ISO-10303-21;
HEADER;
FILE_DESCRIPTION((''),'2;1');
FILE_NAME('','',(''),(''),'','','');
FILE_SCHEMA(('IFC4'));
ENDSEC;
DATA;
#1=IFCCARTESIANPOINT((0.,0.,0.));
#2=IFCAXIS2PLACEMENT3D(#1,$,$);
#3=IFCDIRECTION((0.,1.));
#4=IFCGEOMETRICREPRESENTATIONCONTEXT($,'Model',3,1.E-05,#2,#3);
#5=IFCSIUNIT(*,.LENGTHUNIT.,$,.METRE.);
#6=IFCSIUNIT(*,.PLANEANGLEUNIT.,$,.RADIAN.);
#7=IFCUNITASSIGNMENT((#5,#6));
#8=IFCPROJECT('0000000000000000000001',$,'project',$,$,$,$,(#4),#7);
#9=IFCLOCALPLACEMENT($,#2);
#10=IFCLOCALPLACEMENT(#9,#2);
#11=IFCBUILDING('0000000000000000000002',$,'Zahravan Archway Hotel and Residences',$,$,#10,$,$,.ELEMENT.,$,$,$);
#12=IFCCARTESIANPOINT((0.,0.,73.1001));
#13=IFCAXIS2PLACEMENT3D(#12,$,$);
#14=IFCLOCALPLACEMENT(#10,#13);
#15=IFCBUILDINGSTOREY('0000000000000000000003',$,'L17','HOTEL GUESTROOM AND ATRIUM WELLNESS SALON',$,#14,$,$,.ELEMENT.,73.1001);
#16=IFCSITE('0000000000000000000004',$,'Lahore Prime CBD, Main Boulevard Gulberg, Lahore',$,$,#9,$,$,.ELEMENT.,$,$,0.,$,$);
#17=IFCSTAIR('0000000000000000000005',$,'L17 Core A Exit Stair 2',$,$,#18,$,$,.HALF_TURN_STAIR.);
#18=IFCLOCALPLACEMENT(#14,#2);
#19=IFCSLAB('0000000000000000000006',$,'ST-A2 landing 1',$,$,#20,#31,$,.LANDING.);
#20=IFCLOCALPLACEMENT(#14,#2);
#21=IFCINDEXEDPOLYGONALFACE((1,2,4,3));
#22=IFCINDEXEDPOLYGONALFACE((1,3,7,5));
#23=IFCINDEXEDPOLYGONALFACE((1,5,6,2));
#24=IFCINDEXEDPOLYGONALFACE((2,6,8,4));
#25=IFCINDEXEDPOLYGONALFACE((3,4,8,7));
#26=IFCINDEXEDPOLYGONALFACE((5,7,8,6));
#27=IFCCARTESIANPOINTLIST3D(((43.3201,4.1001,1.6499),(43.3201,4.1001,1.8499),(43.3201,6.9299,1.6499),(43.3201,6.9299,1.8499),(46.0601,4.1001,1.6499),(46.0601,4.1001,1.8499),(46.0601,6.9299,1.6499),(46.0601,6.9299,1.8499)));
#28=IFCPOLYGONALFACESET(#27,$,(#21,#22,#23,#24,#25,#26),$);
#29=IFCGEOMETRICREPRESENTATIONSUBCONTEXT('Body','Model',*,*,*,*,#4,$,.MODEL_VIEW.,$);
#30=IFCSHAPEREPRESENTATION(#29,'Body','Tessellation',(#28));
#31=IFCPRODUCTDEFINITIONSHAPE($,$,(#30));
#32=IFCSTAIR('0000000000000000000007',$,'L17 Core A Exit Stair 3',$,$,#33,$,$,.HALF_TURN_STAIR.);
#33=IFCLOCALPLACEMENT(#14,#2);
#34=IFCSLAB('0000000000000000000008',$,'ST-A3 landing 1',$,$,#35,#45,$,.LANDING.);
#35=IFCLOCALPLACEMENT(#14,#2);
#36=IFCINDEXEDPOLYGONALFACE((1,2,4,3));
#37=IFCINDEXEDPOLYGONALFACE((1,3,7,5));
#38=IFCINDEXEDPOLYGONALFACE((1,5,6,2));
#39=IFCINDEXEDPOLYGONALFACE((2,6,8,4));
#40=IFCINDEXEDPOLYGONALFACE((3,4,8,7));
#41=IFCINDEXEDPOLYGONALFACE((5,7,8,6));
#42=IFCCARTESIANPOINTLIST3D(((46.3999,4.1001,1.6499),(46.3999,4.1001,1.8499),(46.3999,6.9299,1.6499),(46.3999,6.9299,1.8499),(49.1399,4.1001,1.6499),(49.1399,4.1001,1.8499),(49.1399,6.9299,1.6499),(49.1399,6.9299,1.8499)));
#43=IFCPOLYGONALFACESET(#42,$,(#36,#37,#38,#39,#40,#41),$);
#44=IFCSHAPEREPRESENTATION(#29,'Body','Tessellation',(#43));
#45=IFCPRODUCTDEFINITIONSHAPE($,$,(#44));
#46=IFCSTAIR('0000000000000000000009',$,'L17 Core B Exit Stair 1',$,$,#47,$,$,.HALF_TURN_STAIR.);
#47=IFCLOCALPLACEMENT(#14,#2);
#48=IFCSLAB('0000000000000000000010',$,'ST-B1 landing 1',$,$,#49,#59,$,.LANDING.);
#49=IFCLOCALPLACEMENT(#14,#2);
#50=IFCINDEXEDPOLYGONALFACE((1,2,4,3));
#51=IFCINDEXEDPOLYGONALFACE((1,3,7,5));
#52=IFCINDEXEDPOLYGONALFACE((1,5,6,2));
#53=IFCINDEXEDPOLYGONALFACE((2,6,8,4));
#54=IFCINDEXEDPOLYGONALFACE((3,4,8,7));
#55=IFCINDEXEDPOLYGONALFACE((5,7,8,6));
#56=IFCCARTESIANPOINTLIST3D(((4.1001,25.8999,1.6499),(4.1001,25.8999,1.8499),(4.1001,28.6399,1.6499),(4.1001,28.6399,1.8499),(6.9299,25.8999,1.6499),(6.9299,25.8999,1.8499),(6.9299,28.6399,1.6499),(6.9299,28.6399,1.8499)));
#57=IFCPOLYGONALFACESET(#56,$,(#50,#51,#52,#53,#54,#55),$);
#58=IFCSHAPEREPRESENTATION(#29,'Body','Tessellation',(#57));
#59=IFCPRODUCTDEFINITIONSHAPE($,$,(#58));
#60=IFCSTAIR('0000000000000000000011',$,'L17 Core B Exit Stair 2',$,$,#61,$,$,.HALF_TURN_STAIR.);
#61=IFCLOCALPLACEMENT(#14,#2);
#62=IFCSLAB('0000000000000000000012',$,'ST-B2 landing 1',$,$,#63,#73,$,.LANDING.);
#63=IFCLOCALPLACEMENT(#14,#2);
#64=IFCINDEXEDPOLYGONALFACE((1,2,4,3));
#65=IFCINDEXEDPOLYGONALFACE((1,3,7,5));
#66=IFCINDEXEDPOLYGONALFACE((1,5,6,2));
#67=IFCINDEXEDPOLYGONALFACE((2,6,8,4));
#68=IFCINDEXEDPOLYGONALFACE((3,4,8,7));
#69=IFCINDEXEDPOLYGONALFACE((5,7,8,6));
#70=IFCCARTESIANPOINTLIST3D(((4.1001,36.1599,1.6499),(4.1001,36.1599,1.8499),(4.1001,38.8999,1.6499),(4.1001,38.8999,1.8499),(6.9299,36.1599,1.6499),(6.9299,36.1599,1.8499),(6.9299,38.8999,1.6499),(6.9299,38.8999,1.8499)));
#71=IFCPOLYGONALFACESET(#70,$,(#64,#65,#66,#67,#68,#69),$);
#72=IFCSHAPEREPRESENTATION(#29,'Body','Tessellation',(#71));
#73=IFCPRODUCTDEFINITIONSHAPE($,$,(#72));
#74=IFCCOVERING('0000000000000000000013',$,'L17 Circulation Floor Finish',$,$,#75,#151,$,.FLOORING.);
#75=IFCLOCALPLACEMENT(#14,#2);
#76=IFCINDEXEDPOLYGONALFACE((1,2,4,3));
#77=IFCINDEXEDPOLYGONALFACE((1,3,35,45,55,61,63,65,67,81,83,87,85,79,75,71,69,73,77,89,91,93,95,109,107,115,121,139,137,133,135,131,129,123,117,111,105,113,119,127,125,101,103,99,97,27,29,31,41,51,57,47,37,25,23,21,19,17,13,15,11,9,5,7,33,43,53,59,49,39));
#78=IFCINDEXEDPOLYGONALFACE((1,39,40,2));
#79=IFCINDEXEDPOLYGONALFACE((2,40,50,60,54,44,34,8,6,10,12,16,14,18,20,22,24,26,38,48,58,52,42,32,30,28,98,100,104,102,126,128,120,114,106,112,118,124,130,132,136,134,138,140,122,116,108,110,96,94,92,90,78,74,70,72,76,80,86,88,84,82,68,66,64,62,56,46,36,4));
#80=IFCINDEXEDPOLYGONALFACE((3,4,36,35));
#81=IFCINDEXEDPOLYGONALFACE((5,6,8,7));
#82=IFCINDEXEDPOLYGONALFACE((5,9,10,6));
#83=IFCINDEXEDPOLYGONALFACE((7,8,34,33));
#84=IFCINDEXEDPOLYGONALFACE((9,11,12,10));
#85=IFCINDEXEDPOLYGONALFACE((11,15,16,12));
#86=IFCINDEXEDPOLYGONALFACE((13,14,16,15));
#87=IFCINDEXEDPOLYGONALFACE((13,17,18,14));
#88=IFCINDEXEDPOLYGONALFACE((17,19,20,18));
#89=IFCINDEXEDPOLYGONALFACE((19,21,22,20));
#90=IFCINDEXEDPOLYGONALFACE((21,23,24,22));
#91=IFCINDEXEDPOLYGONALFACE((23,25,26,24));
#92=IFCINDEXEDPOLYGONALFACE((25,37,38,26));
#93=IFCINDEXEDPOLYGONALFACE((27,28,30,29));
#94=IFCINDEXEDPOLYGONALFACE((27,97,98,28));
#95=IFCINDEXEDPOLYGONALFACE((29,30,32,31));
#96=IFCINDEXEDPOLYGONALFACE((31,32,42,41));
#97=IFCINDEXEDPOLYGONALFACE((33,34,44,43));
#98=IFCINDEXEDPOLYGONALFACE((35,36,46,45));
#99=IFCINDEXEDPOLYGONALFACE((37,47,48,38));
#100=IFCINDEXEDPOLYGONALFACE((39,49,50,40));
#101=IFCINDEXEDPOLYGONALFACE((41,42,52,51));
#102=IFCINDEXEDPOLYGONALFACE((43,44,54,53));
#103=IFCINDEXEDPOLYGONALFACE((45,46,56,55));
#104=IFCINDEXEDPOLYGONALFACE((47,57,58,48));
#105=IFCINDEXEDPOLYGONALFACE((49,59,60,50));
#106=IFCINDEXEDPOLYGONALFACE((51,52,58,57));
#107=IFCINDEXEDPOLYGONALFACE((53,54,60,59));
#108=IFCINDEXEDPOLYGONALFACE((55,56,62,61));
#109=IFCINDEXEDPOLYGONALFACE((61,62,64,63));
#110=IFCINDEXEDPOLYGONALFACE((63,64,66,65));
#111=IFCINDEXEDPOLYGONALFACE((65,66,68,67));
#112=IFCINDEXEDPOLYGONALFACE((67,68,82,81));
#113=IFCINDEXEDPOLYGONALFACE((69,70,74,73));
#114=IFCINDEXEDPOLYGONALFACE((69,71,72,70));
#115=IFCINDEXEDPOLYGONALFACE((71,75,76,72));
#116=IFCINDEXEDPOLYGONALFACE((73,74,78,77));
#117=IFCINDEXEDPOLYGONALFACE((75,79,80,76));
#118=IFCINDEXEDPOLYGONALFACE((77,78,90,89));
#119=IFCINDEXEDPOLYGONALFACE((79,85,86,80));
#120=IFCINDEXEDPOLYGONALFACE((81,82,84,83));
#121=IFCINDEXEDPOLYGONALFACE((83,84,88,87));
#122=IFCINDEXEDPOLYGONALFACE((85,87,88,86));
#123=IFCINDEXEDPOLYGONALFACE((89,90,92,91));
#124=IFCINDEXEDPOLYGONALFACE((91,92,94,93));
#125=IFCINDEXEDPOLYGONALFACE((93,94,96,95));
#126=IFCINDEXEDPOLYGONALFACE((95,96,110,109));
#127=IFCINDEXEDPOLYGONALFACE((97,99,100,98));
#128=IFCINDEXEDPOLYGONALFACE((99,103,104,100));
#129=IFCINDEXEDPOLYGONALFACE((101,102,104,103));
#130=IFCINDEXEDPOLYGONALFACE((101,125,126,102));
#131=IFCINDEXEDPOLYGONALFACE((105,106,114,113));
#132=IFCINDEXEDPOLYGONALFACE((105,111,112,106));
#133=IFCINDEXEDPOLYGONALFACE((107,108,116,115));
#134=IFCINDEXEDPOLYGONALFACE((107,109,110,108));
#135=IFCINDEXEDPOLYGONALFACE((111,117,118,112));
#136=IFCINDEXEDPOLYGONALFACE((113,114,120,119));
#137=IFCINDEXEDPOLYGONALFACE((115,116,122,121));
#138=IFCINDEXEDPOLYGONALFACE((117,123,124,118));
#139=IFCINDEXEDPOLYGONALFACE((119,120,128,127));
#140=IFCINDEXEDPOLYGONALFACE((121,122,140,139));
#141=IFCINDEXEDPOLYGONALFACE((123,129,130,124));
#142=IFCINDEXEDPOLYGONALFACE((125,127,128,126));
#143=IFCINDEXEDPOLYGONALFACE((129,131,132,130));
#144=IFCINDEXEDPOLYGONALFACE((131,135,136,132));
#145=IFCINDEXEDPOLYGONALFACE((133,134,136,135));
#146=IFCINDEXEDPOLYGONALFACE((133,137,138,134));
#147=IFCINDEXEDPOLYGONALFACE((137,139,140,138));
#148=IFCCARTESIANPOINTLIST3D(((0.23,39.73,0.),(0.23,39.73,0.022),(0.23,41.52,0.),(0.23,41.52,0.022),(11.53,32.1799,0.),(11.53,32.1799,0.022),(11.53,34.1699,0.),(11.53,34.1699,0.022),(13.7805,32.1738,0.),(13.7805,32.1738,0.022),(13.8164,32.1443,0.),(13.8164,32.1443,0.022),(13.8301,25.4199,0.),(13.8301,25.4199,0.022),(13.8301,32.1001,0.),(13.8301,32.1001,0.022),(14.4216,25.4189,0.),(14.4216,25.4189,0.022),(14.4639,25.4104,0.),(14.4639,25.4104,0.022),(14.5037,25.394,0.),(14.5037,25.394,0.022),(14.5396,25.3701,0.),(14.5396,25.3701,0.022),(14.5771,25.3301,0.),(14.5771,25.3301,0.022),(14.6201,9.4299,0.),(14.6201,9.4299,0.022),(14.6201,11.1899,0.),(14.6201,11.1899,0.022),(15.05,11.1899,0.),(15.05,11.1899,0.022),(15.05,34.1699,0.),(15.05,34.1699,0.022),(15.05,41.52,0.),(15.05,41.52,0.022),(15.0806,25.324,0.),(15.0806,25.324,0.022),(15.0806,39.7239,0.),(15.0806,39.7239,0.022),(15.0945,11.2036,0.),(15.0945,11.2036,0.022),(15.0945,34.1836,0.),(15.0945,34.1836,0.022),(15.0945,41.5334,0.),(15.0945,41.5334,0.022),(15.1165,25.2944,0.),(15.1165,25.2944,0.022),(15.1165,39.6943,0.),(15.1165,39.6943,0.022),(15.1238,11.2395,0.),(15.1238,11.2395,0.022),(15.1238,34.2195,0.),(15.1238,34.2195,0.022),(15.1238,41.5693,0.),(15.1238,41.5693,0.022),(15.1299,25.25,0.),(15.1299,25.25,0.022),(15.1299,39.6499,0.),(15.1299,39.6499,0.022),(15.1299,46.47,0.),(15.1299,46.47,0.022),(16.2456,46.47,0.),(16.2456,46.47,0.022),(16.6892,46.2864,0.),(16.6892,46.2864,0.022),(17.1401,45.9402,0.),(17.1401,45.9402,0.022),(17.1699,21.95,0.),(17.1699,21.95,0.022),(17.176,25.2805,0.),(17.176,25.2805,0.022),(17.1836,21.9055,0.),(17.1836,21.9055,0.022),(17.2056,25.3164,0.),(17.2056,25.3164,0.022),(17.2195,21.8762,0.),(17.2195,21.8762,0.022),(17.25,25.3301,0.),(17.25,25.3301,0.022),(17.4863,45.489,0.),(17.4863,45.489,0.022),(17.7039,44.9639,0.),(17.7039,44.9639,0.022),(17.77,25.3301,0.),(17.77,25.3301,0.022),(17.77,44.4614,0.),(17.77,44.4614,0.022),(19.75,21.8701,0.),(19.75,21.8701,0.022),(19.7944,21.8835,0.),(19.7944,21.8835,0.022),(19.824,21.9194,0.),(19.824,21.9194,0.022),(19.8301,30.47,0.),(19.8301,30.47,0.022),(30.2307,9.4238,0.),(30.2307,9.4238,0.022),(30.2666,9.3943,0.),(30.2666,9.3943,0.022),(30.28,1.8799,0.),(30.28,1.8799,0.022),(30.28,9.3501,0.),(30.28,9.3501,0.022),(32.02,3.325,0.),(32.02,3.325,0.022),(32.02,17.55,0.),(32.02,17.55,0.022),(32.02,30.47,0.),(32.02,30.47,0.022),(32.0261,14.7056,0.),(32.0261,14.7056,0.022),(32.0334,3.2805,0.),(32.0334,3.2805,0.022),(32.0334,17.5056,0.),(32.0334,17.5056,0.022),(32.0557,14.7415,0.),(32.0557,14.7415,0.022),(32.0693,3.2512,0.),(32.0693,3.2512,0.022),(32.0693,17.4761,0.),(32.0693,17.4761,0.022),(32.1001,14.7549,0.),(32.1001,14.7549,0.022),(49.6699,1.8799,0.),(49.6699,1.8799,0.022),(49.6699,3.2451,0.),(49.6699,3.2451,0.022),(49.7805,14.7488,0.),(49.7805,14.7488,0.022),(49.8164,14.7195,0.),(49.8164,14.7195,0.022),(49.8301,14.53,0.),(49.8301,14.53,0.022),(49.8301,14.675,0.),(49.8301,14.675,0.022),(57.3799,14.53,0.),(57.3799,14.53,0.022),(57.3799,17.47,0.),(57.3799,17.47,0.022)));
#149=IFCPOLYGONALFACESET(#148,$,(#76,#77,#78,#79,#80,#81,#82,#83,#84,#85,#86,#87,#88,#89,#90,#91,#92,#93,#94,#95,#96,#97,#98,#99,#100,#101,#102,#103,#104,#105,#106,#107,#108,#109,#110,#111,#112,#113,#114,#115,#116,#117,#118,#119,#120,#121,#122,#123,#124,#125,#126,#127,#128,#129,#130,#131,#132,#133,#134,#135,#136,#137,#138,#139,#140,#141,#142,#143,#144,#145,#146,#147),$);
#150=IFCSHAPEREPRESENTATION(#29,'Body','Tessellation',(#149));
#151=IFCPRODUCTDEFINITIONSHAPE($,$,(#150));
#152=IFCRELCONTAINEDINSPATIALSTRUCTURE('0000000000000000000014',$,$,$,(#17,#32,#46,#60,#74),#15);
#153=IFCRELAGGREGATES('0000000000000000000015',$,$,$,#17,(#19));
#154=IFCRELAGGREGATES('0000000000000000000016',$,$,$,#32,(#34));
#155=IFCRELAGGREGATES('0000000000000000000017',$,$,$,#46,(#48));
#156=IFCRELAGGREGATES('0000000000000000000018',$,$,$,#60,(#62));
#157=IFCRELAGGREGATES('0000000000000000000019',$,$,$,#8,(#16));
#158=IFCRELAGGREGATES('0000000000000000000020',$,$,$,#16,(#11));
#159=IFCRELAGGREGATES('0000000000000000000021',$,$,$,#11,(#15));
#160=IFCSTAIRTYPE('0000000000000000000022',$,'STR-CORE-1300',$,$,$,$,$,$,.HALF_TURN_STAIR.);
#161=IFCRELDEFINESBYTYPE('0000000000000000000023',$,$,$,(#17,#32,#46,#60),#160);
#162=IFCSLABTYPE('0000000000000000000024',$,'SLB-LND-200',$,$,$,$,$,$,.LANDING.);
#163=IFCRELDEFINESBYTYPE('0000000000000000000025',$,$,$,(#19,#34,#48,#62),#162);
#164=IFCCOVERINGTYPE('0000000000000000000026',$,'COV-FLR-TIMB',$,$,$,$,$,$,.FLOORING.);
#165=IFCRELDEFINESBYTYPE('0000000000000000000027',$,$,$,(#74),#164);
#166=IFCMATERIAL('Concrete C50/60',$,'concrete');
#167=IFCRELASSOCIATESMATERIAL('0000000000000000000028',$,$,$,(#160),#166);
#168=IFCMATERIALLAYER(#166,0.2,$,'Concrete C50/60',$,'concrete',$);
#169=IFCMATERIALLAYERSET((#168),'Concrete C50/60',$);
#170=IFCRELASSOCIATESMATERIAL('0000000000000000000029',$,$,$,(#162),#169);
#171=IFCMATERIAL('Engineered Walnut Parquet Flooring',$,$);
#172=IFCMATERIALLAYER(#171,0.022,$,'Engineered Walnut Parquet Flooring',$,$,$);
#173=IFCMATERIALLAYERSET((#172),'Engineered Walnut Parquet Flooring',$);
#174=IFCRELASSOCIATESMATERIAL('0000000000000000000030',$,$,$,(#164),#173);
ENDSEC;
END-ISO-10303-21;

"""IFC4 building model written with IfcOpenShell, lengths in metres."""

from ifc_helpers import new_model, si_unit, direction, frame, origin, place, context, subcontext, project, spatial, polyline, outline, extrude, material, layer, layer_set, type_object, element, aggregate, save


model = new_model("IFC4")

# Units and contexts
model_context = context("Model", 3, precision=1e-05, world=origin(), true_north=direction((0.0, 1.0)))
body_context = subcontext(model_context, "Body", "Model", "MODEL_VIEW")
ifc_project = project(units=[si_unit("LENGTHUNIT", "METRE"), si_unit("PLANEANGLEUNIT", "RADIAN")], contexts=[model_context])

# Site, building, storey
site_placement = place(None, origin())
site = spatial("IfcSite", under=ifc_project, at=site_placement, Name="Lahore Prime CBD, Main Boulevard Gulberg, Lahore", CompositionType="ELEMENT", RefElevation=0.0)
building_placement = place(site_placement, origin())
building = spatial("IfcBuilding", under=site, at=building_placement, Name="Zahravan Archway Hotel and Residences", CompositionType="ELEMENT")
storey_placement = place(building_placement, frame((0.0, 0.0, 73.1001)))
storey = spatial("IfcBuildingStorey", under=building, at=storey_placement, Name="L17", Description="HOTEL GUESTROOM AND ATRIUM WELLNESS SALON", CompositionType="ELEMENT", Elevation=73.1001)

# Stairs, slabs
ifc_material_1 = material(Name="Concrete C50/60", Category="concrete")
stair_type = type_object("IfcStairType", Name="STR-CORE-1300", PredefinedType="HALF_TURN_STAIR", material=ifc_material_1)
ifc_layer_1 = layer(ifc_material_1, 0.2, Name="Concrete C50/60", Category="concrete")
ifc_layer_set_1 = layer_set([ifc_layer_1], Name="Concrete C50/60")
slab_type_1 = type_object("IfcSlabType", Name="SLB-LND-200", PredefinedType="LANDING", material=ifc_layer_set_1)
stair_1_placement = place(storey_placement, origin())
stair_1 = element("IfcStair", 1, at=stair_1_placement, inside=storey, type_object=stair_type, Name="L17 Core A Exit Stair 2", PredefinedType="HALF_TURN_STAIR")
slab_1_placement = place(storey_placement, frame((0.0, 0.0, 1.6499)))
slab_1 = element("IfcSlab", 2, at=slab_1_placement, type_object=slab_type_1, Name="ST-A2 landing 1", PredefinedType="LANDING", context=body_context, shape_type="SweptSolid", body=[
    extrude(outline(polyline([(43.3201, 6.9299), (43.3201, 4.1001), (46.0601, 4.1001), (46.0601, 6.9299), (43.3201, 6.9299)])), origin(), (0.0, 0.0, 1.0), 0.2),
])
aggregate(stair_1, [slab_1])
stair_2_placement = place(storey_placement, origin())
stair_2 = element("IfcStair", 3, at=stair_2_placement, inside=storey, type_object=stair_type, Name="L17 Core A Exit Stair 3", PredefinedType="HALF_TURN_STAIR")
slab_2_placement = place(storey_placement, frame((0.0, 0.0, 1.6499)))
slab_2 = element("IfcSlab", 4, at=slab_2_placement, type_object=slab_type_1, Name="ST-A3 landing 1", PredefinedType="LANDING", context=body_context, shape_type="SweptSolid", body=[
    extrude(outline(polyline([(46.3999, 6.9299), (46.3999, 4.1001), (49.1399, 4.1001), (49.1399, 6.9299), (46.3999, 6.9299)])), origin(), (0.0, 0.0, 1.0), 0.2),
])
aggregate(stair_2, [slab_2])
stair_3_placement = place(storey_placement, origin())
stair_3 = element("IfcStair", 5, at=stair_3_placement, inside=storey, type_object=stair_type, Name="L17 Core B Exit Stair 1", PredefinedType="HALF_TURN_STAIR")
slab_3_placement = place(storey_placement, frame((0.0, 0.0, 1.6499)))
slab_3 = element("IfcSlab", 6, at=slab_3_placement, type_object=slab_type_1, Name="ST-B1 landing 1", PredefinedType="LANDING", context=body_context, shape_type="SweptSolid", body=[
    extrude(outline(polyline([(6.9299, 28.6399), (4.1001, 28.6399), (4.1001, 25.8999), (6.9299, 25.8999), (6.9299, 28.6399)])), origin(), (0.0, 0.0, 1.0), 0.2),
])
aggregate(stair_3, [slab_3])
stair_4_placement = place(storey_placement, origin())
stair_4 = element("IfcStair", 7, at=stair_4_placement, inside=storey, type_object=stair_type, Name="L17 Core B Exit Stair 2", PredefinedType="HALF_TURN_STAIR")
slab_4_placement = place(storey_placement, frame((0.0, 0.0, 1.6499)))
slab_4 = element("IfcSlab", 8, at=slab_4_placement, type_object=slab_type_1, Name="ST-B2 landing 1", PredefinedType="LANDING", context=body_context, shape_type="SweptSolid", body=[
    extrude(outline(polyline([(6.9299, 38.8999), (4.1001, 38.8999), (4.1001, 36.1599), (6.9299, 36.1599), (6.9299, 38.8999)])), origin(), (0.0, 0.0, 1.0), 0.2),
])
aggregate(stair_4, [slab_4])

# Covering
ifc_material_2 = material(Name="Engineered Walnut Parquet Flooring")
ifc_layer_2 = layer(ifc_material_2, 0.022, Name="Engineered Walnut Parquet Flooring")
ifc_layer_set_2 = layer_set([ifc_layer_2], Name="Engineered Walnut Parquet Flooring")
covering_type = type_object("IfcCoveringType", Name="COV-FLR-TIMB", PredefinedType="FLOORING", material=ifc_layer_set_2)
covering_placement = place(storey_placement, origin())
element("IfcCovering", 9, at=covering_placement, inside=storey, type_object=covering_type, Name="L17 Circulation Floor Finish", PredefinedType="FLOORING", context=body_context, shape_type="SweptSolid", body=[
    extrude(outline(polyline([(30.28, 1.8799), (30.28, 9.3501), (30.2666, 9.3943), (30.2307, 9.4238), (14.6201, 9.4299), (14.6201, 11.1899), (15.05, 11.1899), (15.0945, 11.2036), (15.1238, 11.2395), (15.1299, 25.25), (15.1165, 25.2944), (15.0806, 25.324), (14.5771, 25.3301), (14.5396, 25.3701), (14.5037, 25.394), (14.4639, 25.4104), (14.4216, 25.4189), (13.8301, 25.4199), (13.8301, 32.1001), (13.8164, 32.1443), (13.7805, 32.1738), (11.53, 32.1799), (11.53, 34.1699), (15.05, 34.1699), (15.0945, 34.1836), (15.1238, 34.2195), (15.1299, 39.6499), (15.1165, 39.6943), (15.0806, 39.7239), (0.23, 39.73), (0.23, 41.52), (15.05, 41.52), (15.0945, 41.5334), (15.1238, 41.5693), (15.1299, 46.47), (16.2456, 46.47), (16.6892, 46.2864), (17.1401, 45.9402), (17.4863, 45.489), (17.7039, 44.9639), (17.77, 44.4614), (17.77, 25.3301), (17.25, 25.3301), (17.2056, 25.3164), (17.176, 25.2805), (17.1699, 21.95), (17.1836, 21.9055), (17.2195, 21.8762), (19.75, 21.8701), (19.7944, 21.8835), (19.824, 21.9194), (19.8301, 30.47), (32.02, 30.47), (32.02, 17.55), (32.0334, 17.5056), (32.0693, 17.4761), (57.3799, 17.47), (57.3799, 14.53), (49.8301, 14.53), (49.8301, 14.675), (49.8164, 14.7195), (49.7805, 14.7488), (32.1001, 14.7549), (32.0557, 14.7415), (32.0261, 14.7056), (32.02, 3.325), (32.0334, 3.2805), (32.0693, 3.2512), (49.6699, 3.2451), (49.6699, 1.8799), (30.28, 1.8799)])), origin(), (0.0, 0.0, 1.0), 0.022),
])

save(model, "model.ifc")
